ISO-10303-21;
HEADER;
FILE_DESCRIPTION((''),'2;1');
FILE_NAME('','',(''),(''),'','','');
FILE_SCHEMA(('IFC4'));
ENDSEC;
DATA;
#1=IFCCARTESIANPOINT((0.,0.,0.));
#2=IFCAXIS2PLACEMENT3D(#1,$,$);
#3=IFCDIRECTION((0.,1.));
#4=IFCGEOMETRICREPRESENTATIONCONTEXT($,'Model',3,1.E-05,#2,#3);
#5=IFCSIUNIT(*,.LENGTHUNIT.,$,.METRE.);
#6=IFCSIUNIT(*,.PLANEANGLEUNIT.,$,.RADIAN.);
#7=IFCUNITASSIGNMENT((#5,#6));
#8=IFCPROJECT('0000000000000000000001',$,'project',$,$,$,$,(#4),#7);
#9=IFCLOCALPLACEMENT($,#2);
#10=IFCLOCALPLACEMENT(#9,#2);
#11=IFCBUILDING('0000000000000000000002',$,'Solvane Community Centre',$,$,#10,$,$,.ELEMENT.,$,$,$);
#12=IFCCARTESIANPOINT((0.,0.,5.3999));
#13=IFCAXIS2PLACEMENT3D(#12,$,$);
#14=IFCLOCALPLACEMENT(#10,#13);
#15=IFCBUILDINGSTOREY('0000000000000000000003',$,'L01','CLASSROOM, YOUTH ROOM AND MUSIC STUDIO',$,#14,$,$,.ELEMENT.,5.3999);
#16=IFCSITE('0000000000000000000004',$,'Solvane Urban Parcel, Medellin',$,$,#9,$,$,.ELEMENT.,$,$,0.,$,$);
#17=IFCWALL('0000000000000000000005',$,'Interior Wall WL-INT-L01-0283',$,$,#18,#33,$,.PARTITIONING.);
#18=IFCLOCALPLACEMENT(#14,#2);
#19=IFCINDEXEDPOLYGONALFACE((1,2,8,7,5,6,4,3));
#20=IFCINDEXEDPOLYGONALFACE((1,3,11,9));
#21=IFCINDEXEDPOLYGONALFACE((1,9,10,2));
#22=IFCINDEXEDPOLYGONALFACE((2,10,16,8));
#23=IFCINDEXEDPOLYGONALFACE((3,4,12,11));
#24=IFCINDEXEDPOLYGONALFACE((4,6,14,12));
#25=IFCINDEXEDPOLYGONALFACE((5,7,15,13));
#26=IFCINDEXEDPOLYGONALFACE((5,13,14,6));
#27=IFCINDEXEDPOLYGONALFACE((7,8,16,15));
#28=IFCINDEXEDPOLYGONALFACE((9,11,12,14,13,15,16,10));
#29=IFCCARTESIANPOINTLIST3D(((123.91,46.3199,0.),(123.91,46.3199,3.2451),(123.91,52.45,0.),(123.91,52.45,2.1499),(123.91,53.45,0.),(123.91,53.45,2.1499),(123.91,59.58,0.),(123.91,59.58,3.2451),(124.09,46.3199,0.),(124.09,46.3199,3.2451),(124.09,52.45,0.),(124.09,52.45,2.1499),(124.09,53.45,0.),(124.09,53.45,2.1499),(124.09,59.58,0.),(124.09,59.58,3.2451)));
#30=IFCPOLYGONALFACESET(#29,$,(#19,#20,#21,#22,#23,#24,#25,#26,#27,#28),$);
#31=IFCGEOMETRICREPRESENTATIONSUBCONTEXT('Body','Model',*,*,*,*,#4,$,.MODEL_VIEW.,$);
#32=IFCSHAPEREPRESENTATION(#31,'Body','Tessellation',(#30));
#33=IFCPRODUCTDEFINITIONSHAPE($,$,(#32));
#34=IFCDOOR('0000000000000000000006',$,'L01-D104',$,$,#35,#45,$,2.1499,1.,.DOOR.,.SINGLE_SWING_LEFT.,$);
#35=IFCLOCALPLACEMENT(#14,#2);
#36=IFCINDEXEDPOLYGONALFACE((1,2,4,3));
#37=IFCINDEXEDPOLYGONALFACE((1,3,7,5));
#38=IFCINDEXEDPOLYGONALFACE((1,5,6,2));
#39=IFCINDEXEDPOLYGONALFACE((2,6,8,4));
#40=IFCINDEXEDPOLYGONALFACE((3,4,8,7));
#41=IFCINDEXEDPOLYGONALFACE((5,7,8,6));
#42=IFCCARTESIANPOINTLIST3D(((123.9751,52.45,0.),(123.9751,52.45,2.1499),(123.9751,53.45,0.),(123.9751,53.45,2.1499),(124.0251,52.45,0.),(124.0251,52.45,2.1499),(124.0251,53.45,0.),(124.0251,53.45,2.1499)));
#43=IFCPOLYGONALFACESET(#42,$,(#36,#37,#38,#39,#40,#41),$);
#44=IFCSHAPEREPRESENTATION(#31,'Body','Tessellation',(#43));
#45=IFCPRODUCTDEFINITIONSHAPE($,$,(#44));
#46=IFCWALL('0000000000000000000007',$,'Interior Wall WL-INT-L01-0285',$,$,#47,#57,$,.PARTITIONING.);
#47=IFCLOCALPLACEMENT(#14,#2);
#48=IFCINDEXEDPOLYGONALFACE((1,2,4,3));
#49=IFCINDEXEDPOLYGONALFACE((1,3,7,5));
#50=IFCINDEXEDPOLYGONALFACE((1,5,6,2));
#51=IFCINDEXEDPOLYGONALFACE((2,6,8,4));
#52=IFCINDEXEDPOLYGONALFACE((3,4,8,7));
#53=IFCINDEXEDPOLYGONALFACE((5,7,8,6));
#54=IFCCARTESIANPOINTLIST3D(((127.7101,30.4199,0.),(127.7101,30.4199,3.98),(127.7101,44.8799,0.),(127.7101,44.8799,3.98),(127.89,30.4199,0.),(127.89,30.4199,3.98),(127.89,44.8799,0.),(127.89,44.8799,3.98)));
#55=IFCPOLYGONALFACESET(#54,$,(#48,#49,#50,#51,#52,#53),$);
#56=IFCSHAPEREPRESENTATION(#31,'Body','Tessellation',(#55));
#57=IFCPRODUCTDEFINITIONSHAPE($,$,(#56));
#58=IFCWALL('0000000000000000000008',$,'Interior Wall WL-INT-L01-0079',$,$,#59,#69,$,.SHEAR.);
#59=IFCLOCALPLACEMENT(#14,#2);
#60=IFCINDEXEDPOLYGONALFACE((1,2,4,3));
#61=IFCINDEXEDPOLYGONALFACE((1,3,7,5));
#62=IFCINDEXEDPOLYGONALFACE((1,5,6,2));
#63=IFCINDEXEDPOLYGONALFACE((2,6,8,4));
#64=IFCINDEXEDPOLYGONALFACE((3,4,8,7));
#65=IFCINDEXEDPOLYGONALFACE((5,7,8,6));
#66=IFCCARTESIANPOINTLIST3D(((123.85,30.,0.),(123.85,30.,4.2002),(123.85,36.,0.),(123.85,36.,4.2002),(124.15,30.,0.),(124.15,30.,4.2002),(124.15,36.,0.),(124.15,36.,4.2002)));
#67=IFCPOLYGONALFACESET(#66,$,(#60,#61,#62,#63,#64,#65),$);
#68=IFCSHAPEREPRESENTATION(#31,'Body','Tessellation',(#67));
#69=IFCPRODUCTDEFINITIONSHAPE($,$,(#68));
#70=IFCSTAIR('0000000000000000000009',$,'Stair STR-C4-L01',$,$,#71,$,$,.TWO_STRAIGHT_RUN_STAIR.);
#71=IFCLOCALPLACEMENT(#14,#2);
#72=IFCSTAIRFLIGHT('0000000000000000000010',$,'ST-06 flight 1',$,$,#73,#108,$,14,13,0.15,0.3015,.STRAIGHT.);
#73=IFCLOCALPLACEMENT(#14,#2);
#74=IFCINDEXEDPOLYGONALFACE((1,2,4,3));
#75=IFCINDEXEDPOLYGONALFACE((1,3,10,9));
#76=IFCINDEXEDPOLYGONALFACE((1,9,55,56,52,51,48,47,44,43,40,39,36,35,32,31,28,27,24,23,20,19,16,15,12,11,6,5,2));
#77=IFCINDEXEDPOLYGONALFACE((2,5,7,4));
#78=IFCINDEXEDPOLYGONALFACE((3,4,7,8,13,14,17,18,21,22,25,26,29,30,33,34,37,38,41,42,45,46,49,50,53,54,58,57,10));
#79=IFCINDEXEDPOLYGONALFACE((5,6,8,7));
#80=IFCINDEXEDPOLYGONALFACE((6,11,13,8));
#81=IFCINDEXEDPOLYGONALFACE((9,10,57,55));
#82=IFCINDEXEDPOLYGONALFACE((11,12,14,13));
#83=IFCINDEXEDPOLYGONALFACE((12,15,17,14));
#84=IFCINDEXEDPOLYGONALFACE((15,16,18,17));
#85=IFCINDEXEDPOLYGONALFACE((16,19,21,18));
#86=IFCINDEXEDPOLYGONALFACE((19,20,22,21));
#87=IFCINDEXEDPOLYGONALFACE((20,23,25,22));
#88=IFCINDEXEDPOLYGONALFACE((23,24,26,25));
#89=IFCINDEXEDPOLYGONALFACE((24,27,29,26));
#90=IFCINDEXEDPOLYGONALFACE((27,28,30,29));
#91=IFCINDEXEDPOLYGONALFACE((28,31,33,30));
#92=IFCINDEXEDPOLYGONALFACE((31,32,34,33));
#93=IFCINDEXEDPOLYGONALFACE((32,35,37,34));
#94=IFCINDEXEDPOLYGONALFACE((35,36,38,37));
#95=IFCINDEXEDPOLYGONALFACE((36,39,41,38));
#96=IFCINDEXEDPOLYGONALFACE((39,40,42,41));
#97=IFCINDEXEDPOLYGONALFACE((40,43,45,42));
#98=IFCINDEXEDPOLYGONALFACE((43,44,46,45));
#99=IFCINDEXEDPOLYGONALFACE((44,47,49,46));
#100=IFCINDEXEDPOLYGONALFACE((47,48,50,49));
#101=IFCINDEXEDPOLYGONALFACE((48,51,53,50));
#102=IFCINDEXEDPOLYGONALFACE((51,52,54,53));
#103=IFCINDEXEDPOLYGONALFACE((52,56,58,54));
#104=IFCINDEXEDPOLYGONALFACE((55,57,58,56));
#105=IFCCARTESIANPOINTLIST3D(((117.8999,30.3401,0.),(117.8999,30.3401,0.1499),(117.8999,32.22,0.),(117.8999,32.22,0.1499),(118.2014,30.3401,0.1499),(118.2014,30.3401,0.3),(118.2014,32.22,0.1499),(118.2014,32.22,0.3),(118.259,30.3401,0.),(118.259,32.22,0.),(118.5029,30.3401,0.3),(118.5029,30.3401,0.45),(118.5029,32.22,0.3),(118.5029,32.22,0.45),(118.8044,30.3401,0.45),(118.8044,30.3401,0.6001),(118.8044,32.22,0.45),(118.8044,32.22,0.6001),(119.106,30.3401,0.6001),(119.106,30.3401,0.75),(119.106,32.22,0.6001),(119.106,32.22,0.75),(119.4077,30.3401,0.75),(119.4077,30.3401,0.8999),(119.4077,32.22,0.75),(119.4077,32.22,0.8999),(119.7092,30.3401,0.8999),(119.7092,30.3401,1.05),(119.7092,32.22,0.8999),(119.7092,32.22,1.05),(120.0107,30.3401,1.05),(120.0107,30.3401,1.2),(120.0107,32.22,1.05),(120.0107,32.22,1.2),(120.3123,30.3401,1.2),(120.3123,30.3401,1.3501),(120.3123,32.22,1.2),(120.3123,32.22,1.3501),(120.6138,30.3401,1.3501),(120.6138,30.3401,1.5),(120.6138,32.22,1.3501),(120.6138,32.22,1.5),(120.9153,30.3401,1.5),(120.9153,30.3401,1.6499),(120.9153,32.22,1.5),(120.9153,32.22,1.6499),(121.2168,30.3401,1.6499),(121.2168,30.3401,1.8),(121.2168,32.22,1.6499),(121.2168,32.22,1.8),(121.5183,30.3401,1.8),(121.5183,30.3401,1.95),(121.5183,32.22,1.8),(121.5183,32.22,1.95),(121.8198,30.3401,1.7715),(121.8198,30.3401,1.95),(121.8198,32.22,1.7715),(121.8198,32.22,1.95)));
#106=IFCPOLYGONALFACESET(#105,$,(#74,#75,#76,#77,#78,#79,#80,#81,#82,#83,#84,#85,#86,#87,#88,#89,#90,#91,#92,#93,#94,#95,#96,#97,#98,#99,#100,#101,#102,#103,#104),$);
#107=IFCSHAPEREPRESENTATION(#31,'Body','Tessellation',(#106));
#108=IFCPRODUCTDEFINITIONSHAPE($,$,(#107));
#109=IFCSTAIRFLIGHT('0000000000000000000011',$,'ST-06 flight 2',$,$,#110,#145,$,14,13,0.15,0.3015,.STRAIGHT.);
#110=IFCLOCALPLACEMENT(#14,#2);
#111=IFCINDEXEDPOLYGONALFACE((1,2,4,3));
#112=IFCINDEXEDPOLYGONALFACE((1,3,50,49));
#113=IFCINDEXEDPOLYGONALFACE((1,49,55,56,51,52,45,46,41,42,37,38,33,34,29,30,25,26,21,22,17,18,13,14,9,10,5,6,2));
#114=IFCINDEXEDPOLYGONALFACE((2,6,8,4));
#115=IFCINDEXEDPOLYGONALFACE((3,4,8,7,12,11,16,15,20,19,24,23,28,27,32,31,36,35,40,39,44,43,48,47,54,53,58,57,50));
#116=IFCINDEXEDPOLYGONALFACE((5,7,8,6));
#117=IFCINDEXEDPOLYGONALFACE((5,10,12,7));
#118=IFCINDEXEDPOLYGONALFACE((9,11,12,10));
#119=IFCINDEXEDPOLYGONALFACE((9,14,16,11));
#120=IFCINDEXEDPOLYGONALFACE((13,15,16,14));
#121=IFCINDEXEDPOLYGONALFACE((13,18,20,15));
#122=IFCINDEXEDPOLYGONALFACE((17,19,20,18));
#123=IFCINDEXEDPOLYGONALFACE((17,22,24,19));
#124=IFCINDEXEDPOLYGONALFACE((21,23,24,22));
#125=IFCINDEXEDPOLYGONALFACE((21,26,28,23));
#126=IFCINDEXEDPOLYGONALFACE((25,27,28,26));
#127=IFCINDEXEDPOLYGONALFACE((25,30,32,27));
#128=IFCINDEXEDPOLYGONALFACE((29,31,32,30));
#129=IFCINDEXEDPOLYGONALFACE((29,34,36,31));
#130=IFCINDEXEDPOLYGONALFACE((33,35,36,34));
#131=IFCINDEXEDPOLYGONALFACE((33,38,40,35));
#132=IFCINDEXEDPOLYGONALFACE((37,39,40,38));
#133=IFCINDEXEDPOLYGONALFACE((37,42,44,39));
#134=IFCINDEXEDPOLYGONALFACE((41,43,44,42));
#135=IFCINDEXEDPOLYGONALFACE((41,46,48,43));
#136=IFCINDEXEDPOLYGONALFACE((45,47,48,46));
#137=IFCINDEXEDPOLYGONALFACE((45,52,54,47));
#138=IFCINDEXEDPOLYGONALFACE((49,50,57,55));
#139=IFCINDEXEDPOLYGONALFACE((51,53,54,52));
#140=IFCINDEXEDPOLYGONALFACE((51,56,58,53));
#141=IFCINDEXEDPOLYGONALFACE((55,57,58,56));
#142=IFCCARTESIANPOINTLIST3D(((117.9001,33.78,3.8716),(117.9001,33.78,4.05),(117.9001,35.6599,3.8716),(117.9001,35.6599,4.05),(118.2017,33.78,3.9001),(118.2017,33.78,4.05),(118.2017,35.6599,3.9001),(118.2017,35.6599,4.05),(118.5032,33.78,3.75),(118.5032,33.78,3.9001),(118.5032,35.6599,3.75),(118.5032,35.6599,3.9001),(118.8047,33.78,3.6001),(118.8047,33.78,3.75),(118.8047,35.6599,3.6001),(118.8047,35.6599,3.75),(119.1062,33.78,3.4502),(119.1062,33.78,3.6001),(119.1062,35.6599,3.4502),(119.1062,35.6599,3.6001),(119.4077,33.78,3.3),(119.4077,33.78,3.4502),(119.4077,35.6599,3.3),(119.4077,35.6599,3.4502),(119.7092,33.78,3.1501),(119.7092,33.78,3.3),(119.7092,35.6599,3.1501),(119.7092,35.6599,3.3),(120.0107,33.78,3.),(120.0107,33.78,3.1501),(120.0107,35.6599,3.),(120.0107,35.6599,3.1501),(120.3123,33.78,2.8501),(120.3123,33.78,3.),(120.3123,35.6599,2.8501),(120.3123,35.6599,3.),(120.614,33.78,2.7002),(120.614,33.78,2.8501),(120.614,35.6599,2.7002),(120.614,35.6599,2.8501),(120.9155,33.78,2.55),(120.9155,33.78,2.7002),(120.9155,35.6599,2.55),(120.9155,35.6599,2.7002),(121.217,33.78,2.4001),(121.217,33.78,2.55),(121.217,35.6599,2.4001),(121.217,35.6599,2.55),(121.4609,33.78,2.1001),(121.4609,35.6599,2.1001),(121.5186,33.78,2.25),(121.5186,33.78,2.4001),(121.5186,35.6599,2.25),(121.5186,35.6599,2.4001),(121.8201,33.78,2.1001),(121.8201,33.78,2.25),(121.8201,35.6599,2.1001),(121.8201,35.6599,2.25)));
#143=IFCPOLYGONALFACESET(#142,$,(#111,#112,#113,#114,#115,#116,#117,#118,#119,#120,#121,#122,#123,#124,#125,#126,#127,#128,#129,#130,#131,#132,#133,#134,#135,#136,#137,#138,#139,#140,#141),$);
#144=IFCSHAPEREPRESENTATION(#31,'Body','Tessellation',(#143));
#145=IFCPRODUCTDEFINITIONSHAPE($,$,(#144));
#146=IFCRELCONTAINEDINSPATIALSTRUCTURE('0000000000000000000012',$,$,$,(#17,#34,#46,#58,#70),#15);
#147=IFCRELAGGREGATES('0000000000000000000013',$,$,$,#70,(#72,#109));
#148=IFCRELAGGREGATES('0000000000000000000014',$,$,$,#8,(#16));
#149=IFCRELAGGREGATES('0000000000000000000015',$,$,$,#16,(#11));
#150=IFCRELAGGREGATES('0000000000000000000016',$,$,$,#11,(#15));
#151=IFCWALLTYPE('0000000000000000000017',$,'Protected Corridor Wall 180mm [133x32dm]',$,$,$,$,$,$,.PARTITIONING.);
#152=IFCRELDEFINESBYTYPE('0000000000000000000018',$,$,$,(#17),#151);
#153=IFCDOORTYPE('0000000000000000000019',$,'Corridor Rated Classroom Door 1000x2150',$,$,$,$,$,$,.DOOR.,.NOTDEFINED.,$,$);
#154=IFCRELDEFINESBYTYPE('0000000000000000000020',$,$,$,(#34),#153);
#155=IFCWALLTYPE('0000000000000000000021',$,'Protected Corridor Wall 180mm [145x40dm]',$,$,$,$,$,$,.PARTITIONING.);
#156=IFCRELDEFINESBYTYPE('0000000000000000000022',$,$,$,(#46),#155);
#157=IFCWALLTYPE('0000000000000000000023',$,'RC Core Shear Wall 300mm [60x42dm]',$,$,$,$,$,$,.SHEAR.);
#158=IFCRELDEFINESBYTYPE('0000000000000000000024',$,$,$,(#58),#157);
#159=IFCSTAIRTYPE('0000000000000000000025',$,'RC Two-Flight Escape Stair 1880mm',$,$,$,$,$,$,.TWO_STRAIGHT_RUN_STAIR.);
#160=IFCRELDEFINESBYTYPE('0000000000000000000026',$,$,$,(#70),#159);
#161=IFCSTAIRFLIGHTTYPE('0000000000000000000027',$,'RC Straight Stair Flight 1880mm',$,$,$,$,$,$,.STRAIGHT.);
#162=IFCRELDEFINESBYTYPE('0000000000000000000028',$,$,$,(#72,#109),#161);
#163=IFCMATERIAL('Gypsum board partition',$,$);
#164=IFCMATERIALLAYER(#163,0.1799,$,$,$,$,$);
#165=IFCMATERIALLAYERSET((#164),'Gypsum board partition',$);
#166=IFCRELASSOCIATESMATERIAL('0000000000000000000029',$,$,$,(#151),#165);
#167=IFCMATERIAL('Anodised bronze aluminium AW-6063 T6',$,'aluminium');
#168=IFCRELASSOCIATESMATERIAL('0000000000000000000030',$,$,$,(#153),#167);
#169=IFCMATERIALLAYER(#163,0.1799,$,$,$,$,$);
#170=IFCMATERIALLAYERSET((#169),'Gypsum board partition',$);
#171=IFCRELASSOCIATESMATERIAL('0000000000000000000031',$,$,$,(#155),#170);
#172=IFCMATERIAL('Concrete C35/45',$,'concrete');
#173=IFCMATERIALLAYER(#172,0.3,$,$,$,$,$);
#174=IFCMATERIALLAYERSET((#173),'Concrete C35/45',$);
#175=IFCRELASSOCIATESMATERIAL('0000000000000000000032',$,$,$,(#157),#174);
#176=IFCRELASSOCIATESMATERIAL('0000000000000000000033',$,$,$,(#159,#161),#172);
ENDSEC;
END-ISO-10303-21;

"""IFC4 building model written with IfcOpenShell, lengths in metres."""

from ifc_helpers import new_model, si_unit, direction, frame, frame_2d, origin, place, context, subcontext, project, spatial, polyline, rectangle, outline, extrude, material, layer, layer_set, type_object, element, fill, aggregate, save


model = new_model("IFC4")

# Units and contexts
model_context = context("Model", 3, precision=1e-05, world=origin(), true_north=direction((0.0, 1.0)))
body_context = subcontext(model_context, "Body", "Model", "MODEL_VIEW")
ifc_project = project(units=[si_unit("LENGTHUNIT", "METRE"), si_unit("PLANEANGLEUNIT", "RADIAN")], contexts=[model_context])

# Site, building, storey
site_placement = place(None, origin())
site = spatial("IfcSite", under=ifc_project, at=site_placement, Name="Solvane Urban Parcel, Medellin", CompositionType="ELEMENT", RefElevation=0.0)
building_placement = place(site_placement, origin())
building = spatial("IfcBuilding", under=site, at=building_placement, Name="Solvane Community Centre", CompositionType="ELEMENT")
storey_placement = place(building_placement, frame((0.0, 0.0, 5.3999)))
storey = spatial("IfcBuildingStorey", under=building, at=storey_placement, Name="L01", Description="CLASSROOM, YOUTH ROOM AND MUSIC STUDIO", CompositionType="ELEMENT", Elevation=5.3999)

# Shared definitions
ifc_material_1 = material(Name="Concrete C35/45", Category="concrete")

# Wall, opening, door
ifc_material_2 = material(Name="Gypsum board partition")
ifc_layer_1 = layer(ifc_material_2, 0.1799)
ifc_layer_set_1 = layer_set([ifc_layer_1], Name="Gypsum board partition")
wall_type_1 = type_object("IfcWallType", Name="Protected Corridor Wall 180mm [133x32dm]", PredefinedType="PARTITIONING", material=ifc_layer_set_1)
wall_1_placement = place(storey_placement, frame((124.0, 46.3201, 0.0), z_axis=(0.0, 0.0, 1.0), x_axis=(0.0, 1.0, 0.0)))
wall_1 = element("IfcWall", 1, at=wall_1_placement, inside=storey, type_object=wall_type_1, Name="Interior Wall WL-INT-L01-0283", PredefinedType="PARTITIONING", context=body_context, shape_type="SweptSolid", body=[
    extrude(rectangle(XDim=13.26, YDim=0.1799, at=frame_2d((6.6299, 0.0))), origin(), (0.0, 0.0, 1.0), 3.2451),
])
opening_placement = place(wall_1_placement, frame((6.1299, 0.0, 0.0)))
opening = element("IfcOpeningElement", 2, at=opening_placement, cuts=wall_1, PredefinedType="OPENING", context=body_context, shape_type="SweptSolid", body=[
    extrude(rectangle(XDim=1.0, YDim=2.1499, at=frame_2d((0.5, 1.075))), frame((0.0, 0.0999, 0.0), z_axis=(0.0, -1.0, 0.0), x_axis=(1.0, 0.0, 0.0)), (0.0, 0.0, 1.0), 0.2),
])
ifc_material_3 = material(Name="Anodised bronze aluminium AW-6063 T6", Category="aluminium")
door_type = type_object("IfcDoorType", Name="Corridor Rated Classroom Door 1000x2150", OperationType="NOTDEFINED", PredefinedType="DOOR", material=ifc_material_3)
door_placement = place(opening_placement, origin())
door = element("IfcDoor", 3, at=door_placement, inside=storey, type_object=door_type, Name="L01-D104", OperationType="SINGLE_SWING_LEFT", OverallHeight=2.1499, OverallWidth=1.0, PredefinedType="DOOR", context=body_context, shape_type="SweptSolid", body=[
    extrude(rectangle(XDim=1.0, YDim=2.1499, at=frame_2d((0.5, 1.075))), frame((0.0, 0.0249, 0.0), z_axis=(0.0, -1.0, 0.0), x_axis=(1.0, 0.0, 0.0)), (0.0, 0.0, 1.0), 0.05),
])
fill(opening, door)

# Walls
ifc_layer_2 = layer(ifc_material_2, 0.1799)
ifc_layer_set_2 = layer_set([ifc_layer_2], Name="Gypsum board partition")
wall_type_2 = type_object("IfcWallType", Name="Protected Corridor Wall 180mm [145x40dm]", PredefinedType="PARTITIONING", material=ifc_layer_set_2)
wall_2_placement = place(storey_placement, frame((127.8, 44.8799, 0.0), z_axis=(0.0, 0.0, 1.0), x_axis=(0.0, -1.0, 0.0)))
element("IfcWall", 4, at=wall_2_placement, inside=storey, type_object=wall_type_2, Name="Interior Wall WL-INT-L01-0285", PredefinedType="PARTITIONING", context=body_context, shape_type="SweptSolid", body=[
    extrude(rectangle(XDim=14.46, YDim=0.1799, at=frame_2d((7.23, 0.0))), origin(), (0.0, 0.0, 1.0), 3.98),
])
ifc_layer_3 = layer(ifc_material_1, 0.3)
ifc_layer_set_3 = layer_set([ifc_layer_3], Name="Concrete C35/45")
wall_type_3 = type_object("IfcWallType", Name="RC Core Shear Wall 300mm [60x42dm]", PredefinedType="SHEAR", material=ifc_layer_set_3)
wall_3_placement = place(storey_placement, frame((124.0, 36.0, 0.0), z_axis=(0.0, 0.0, 1.0), x_axis=(0.0, -1.0, 0.0)))
element("IfcWall", 5, at=wall_3_placement, inside=storey, type_object=wall_type_3, Name="Interior Wall WL-INT-L01-0079", PredefinedType="SHEAR", context=body_context, shape_type="SweptSolid", body=[
    extrude(rectangle(XDim=6.0, YDim=0.3, at=frame_2d((3.0, 0.0))), origin(), (0.0, 0.0, 1.0), 4.2002),
])

# Stair, stair flights
stair_type = type_object("IfcStairType", Name="RC Two-Flight Escape Stair 1880mm", PredefinedType="TWO_STRAIGHT_RUN_STAIR", material=ifc_material_1)
stair_placement = place(storey_placement, origin())
stair = element("IfcStair", 6, at=stair_placement, inside=storey, type_object=stair_type, Name="Stair STR-C4-L01", PredefinedType="TWO_STRAIGHT_RUN_STAIR")
stair_flight_type = type_object("IfcStairFlightType", Name="RC Straight Stair Flight 1880mm", PredefinedType="STRAIGHT", material=ifc_material_1)
stair_flight_1_placement = place(storey_placement, frame((117.8999, 31.28, 0.0), z_axis=(0.0, 0.0, 1.0), x_axis=(1.0, 0.0, 0.0)))
stair_flight_1 = element("IfcStairFlight", 7, at=stair_flight_1_placement, type_object=stair_flight_type, Name="ST-06 flight 1", NumberOfRisers=14, NumberOfTreads=13, PredefinedType="STRAIGHT", RiserHeight=0.15, TreadLength=0.3015, context=body_context, shape_type="SweptSolid", body=[
    extrude(outline(polyline([(0.0, 0.0), (0.0, 0.1499), (0.3015, 0.1499), (0.3015, 0.3), (0.603, 0.3), (0.603, 0.45), (0.9045, 0.45), (0.9045, 0.6001), (1.2061, 0.6001), (1.2061, 0.75), (1.5078, 0.75), (1.5078, 0.8999), (1.8093, 0.8999), (1.8093, 1.05), (2.1108, 1.05), (2.1108, 1.2), (2.4124, 1.2), (2.4124, 1.3501), (2.7139, 1.3501), (2.7139, 1.5), (3.0154, 1.5), (3.0154, 1.6499), (3.3169, 1.6499), (3.3169, 1.8), (3.6184, 1.8), (3.6184, 1.95), (3.9199, 1.95), (3.9199, 2.1001), (3.9199, 1.7715), (0.3591, 0.0), (0.0, 0.0)])), frame((0.0, 0.9399, 0.0), z_axis=(0.0, -1.0, 0.0), x_axis=(1.0, 0.0, 0.0)), (0.0, 0.0, 1.0), 1.8799),
])
stair_flight_2_placement = place(storey_placement, frame((121.8201, 34.72, 2.1001), z_axis=(0.0, 0.0, 1.0), x_axis=(-1.0, 0.0, 0.0)))
stair_flight_2 = element("IfcStairFlight", 8, at=stair_flight_2_placement, type_object=stair_flight_type, Name="ST-06 flight 2", NumberOfRisers=14, NumberOfTreads=13, PredefinedType="STRAIGHT", RiserHeight=0.15, TreadLength=0.3015, context=body_context, shape_type="SweptSolid", body=[
    extrude(outline(polyline([(0.0, 0.0), (0.0, 0.1499), (0.3015, 0.1499), (0.3015, 0.3), (0.603, 0.3), (0.603, 0.45), (0.9045, 0.45), (0.9045, 0.6001), (1.2061, 0.6001), (1.2061, 0.75), (1.5078, 0.75), (1.5078, 0.8999), (1.8093, 0.8999), (1.8093, 1.05), (2.1108, 1.05), (2.1108, 1.2), (2.4124, 1.2), (2.4124, 1.3501), (2.7139, 1.3501), (2.7139, 1.5), (3.0154, 1.5), (3.0154, 1.6499), (3.3169, 1.6499), (3.3169, 1.8), (3.6184, 1.8), (3.6184, 1.95), (3.9199, 1.95), (3.9199, 2.1001), (3.9199, 1.7715), (0.3591, 0.0), (0.0, 0.0)])), frame((0.0, 0.9399, 0.0), z_axis=(0.0, -1.0, 0.0), x_axis=(1.0, 0.0, 0.0)), (0.0, 0.0, 1.0), 1.8799),
])
aggregate(stair, [stair_flight_1, stair_flight_2])

save(model, "model.ifc")
